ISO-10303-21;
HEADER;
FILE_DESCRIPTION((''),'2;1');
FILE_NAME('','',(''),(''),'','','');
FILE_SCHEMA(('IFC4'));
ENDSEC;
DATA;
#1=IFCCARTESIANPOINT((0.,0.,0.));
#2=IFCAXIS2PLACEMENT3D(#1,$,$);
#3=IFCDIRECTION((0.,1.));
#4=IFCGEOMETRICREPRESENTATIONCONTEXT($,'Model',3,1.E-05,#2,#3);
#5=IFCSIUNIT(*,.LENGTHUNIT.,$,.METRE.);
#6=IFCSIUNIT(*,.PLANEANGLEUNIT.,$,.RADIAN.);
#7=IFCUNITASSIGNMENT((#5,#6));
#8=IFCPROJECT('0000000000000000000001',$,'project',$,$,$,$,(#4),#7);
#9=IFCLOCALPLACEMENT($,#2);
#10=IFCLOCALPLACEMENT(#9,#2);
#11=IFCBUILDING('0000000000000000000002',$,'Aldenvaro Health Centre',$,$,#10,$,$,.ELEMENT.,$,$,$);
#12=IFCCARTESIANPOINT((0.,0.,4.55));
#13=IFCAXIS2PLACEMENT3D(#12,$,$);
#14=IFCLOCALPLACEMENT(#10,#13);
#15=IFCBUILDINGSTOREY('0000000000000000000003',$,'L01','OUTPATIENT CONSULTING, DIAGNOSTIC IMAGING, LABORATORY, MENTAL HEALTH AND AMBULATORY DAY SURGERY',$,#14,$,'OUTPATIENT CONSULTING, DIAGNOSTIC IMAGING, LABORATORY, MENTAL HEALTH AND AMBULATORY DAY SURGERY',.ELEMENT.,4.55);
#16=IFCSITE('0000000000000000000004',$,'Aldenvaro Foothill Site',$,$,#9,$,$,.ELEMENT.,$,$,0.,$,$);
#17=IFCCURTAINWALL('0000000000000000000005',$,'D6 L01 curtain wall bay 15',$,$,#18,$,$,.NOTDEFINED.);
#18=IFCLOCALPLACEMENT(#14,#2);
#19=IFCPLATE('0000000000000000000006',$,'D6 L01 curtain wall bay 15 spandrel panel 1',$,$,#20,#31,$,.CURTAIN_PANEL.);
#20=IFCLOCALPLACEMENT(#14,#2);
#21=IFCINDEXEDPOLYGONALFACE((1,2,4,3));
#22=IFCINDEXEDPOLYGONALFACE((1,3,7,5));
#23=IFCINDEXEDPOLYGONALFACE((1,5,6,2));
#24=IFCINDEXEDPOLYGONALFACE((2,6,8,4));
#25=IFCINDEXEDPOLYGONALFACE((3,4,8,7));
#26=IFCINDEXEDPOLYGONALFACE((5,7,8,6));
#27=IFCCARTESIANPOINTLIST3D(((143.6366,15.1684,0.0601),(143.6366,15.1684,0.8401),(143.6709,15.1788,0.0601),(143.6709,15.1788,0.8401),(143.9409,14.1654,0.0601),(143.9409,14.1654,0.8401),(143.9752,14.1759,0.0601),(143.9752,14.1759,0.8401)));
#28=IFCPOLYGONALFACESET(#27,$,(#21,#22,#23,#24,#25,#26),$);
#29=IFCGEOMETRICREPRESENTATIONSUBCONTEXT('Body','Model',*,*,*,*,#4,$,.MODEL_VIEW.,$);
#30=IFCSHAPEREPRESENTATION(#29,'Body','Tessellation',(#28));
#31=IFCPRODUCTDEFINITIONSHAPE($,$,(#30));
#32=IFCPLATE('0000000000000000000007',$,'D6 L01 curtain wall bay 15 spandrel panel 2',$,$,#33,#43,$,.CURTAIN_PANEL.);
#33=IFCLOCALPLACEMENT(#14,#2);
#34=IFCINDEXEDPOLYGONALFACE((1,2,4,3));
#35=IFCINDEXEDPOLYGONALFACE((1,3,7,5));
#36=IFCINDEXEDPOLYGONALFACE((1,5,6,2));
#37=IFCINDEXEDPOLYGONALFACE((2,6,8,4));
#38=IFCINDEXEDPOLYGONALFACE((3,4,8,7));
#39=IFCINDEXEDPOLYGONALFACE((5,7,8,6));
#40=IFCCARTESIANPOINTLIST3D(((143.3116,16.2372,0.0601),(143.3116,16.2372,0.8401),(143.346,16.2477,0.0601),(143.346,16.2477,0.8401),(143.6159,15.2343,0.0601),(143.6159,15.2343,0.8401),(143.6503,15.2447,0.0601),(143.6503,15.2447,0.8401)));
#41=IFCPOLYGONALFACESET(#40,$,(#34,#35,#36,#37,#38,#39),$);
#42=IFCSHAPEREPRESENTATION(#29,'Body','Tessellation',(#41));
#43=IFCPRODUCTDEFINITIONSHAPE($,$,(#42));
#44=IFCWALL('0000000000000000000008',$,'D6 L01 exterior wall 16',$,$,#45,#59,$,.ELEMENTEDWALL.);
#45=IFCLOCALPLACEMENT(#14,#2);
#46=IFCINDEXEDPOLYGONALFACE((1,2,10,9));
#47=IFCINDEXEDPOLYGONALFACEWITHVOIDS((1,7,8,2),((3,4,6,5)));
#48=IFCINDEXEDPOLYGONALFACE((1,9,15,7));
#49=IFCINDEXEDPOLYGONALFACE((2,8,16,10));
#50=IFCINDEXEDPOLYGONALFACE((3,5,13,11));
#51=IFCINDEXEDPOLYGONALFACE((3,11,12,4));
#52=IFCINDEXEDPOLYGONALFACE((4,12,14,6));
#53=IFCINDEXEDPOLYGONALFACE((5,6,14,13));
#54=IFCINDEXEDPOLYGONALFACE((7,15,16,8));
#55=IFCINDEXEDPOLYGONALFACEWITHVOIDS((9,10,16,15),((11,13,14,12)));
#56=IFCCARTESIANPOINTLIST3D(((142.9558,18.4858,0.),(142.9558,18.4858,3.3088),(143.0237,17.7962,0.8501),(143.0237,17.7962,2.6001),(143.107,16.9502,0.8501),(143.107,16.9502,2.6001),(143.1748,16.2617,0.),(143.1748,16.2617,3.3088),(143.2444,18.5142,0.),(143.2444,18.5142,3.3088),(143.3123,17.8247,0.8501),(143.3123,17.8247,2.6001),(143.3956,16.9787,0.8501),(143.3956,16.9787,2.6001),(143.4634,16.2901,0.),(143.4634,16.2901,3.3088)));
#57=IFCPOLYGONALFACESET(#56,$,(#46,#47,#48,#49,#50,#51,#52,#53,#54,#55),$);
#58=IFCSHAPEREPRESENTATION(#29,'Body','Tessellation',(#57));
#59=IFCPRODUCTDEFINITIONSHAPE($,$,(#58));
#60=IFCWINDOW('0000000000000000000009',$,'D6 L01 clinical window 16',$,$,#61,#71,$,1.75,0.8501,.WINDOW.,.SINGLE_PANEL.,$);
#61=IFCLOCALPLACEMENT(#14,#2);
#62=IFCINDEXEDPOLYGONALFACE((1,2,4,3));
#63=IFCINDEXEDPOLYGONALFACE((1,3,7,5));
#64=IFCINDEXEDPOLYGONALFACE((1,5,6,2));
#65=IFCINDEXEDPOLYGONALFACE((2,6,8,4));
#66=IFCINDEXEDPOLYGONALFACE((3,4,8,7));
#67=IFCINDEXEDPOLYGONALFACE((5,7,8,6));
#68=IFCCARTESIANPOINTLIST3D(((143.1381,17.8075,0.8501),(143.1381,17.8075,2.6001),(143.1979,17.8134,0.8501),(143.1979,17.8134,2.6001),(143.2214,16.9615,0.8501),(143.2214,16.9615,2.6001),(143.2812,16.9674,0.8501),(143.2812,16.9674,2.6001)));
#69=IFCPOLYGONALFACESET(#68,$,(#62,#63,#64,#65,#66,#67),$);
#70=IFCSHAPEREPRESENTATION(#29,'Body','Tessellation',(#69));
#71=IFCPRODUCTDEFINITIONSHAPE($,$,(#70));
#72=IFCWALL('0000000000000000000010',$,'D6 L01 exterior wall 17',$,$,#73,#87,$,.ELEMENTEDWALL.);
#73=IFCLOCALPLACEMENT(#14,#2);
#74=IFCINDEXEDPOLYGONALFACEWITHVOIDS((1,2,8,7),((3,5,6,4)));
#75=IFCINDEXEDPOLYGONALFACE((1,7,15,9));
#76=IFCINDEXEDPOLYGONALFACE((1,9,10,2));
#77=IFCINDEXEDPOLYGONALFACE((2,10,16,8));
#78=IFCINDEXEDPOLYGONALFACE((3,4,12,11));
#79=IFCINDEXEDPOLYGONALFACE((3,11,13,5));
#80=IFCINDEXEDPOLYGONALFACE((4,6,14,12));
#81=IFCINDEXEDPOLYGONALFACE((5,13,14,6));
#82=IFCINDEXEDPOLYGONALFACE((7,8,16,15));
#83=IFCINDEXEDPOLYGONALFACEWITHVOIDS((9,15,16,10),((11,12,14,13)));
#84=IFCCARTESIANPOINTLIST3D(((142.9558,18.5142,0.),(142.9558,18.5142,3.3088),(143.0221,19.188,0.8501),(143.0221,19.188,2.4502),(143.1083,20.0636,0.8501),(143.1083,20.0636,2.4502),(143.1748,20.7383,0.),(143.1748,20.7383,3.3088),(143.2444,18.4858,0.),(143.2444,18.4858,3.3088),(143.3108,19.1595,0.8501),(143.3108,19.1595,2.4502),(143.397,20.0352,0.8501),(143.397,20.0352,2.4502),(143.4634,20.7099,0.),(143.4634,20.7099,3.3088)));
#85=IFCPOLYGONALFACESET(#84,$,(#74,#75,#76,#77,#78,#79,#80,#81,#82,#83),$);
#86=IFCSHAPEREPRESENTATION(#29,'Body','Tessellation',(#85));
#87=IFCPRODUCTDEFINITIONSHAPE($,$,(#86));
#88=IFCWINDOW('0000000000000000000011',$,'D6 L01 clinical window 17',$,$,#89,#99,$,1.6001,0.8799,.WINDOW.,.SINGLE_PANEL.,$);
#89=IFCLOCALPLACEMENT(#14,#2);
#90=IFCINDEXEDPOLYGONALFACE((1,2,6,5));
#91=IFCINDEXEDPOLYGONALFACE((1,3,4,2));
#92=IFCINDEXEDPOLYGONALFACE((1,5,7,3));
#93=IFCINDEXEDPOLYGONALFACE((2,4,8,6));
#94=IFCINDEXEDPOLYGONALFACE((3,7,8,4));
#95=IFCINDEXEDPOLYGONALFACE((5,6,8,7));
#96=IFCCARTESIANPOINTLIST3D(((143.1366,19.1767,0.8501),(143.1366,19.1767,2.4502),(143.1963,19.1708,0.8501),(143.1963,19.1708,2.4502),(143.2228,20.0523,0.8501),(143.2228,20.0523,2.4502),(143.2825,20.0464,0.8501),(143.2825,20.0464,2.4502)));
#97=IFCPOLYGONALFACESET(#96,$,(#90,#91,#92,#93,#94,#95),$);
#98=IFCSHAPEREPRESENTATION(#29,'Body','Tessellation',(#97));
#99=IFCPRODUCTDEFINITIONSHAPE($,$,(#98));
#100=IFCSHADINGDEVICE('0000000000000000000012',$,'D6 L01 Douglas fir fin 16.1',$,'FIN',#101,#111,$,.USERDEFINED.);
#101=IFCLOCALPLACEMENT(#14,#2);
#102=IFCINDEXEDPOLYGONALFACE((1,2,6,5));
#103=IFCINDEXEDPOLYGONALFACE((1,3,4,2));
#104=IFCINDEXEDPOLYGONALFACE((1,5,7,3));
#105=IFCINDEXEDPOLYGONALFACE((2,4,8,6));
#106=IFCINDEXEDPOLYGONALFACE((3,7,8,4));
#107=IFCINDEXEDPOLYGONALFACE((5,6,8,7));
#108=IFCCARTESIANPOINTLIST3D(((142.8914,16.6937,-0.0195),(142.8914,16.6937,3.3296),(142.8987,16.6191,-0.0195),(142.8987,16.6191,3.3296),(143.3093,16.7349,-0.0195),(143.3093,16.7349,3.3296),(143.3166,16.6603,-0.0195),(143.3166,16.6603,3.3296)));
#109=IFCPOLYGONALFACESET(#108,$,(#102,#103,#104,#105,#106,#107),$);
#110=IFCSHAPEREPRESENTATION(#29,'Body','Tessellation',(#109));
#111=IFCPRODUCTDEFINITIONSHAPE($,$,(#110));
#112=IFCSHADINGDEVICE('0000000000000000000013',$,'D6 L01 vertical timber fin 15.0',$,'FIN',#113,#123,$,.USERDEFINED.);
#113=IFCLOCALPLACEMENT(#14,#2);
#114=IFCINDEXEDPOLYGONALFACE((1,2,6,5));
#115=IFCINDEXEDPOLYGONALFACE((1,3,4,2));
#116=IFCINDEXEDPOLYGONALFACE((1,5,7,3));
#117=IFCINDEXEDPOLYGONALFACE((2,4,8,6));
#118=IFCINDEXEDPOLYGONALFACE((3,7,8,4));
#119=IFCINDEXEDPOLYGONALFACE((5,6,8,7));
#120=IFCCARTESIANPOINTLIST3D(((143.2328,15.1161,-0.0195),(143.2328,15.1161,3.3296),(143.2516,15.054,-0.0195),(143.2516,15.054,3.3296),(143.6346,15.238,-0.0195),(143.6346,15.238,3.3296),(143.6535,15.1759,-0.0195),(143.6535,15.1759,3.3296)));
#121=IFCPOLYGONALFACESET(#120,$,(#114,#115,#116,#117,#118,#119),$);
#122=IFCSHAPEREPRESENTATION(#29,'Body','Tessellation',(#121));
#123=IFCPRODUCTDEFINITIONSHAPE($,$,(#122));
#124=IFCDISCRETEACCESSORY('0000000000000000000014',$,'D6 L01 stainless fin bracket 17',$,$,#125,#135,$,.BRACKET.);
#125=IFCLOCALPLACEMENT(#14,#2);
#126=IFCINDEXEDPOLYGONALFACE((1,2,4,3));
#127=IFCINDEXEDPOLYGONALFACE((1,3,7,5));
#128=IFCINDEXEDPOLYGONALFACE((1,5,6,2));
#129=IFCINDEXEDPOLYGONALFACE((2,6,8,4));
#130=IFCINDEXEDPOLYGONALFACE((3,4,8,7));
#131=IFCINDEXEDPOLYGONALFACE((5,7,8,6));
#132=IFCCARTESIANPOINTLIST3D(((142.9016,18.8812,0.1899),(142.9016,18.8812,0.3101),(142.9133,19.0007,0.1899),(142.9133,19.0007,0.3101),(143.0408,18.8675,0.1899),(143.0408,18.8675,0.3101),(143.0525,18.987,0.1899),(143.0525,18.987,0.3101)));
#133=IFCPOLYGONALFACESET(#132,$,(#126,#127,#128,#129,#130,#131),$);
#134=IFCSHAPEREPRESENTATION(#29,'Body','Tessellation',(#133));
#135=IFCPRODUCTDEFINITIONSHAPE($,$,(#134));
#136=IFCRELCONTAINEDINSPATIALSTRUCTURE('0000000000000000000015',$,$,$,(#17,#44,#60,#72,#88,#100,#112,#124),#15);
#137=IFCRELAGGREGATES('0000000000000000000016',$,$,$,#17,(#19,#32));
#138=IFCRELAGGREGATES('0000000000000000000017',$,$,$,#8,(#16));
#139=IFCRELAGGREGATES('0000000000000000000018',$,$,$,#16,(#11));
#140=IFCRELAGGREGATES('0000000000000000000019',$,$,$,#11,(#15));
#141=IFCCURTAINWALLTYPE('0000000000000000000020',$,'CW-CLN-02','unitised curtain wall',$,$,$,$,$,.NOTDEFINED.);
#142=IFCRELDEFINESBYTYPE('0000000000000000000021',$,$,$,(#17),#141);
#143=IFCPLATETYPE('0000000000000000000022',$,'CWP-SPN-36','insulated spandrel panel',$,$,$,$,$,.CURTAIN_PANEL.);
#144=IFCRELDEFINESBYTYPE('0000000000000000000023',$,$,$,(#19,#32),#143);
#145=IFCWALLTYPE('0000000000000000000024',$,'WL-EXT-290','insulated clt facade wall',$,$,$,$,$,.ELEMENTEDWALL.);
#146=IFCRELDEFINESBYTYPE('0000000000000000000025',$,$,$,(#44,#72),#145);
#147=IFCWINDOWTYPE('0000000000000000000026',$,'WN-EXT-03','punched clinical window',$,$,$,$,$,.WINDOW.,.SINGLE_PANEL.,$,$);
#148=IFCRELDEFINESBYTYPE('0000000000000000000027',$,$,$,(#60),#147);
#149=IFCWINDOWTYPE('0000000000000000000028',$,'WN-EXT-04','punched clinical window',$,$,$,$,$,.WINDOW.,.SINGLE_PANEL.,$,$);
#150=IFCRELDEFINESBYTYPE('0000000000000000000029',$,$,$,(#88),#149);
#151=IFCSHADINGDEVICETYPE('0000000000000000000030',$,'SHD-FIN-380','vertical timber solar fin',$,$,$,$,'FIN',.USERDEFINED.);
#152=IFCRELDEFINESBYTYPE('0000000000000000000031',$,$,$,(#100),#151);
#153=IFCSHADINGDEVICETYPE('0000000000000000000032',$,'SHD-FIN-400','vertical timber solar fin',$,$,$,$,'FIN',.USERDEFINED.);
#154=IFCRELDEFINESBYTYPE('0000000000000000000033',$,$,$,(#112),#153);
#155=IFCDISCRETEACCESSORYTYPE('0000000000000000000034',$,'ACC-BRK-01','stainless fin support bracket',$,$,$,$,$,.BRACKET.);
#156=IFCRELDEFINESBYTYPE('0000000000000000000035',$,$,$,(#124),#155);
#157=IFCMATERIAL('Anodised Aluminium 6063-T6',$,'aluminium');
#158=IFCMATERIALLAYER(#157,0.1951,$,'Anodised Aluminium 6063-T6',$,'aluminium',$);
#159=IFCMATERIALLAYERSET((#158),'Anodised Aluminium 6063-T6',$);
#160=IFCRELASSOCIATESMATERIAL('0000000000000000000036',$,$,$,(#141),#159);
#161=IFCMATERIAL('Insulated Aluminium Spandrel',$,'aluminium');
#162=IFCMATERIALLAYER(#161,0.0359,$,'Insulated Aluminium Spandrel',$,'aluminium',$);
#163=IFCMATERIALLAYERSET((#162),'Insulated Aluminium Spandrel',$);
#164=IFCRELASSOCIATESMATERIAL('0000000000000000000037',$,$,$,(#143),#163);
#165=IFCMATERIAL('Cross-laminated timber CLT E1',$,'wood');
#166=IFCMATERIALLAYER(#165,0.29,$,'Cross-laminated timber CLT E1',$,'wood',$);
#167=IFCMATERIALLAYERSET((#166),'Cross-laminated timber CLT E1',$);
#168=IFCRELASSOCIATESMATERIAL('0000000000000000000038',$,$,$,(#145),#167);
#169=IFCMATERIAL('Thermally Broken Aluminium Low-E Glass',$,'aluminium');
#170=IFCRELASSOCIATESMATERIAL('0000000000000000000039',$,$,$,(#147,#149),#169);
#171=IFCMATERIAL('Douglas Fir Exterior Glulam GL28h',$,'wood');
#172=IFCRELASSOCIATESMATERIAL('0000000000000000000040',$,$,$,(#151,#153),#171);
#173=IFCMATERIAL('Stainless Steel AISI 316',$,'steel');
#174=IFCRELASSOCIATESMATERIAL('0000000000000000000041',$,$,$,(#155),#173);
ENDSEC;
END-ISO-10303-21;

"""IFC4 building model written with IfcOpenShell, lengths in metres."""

from ifc_helpers import new_model, si_unit, direction, frame, frame_2d, origin, origin_2d, place, context, subcontext, project, spatial, rectangle, extrude, material, layer, layer_set, type_object, element, fill, aggregate, save


model = new_model("IFC4")

# Units and contexts
model_context = context("Model", 3, precision=1e-05, world=origin(), true_north=direction((0.0, 1.0)))
body_context = subcontext(model_context, "Body", "Model", "MODEL_VIEW")
ifc_project = project(units=[si_unit("LENGTHUNIT", "METRE"), si_unit("PLANEANGLEUNIT", "RADIAN")], contexts=[model_context])

# Site, building, storey
site_placement = place(None, origin())
site = spatial("IfcSite", under=ifc_project, at=site_placement, Name="Aldenvaro Foothill Site", CompositionType="ELEMENT", RefElevation=0.0)
building_placement = place(site_placement, origin())
building = spatial("IfcBuilding", under=site, at=building_placement, Name="Aldenvaro Health Centre", CompositionType="ELEMENT")
storey_placement = place(building_placement, frame((0.0, 0.0, 4.55)))
storey = spatial("IfcBuildingStorey", under=building, at=storey_placement, Name="L01", Description="OUTPATIENT CONSULTING, DIAGNOSTIC IMAGING, LABORATORY, MENTAL HEALTH AND AMBULATORY DAY SURGERY", LongName="OUTPATIENT CONSULTING, DIAGNOSTIC IMAGING, LABORATORY, MENTAL HEALTH AND AMBULATORY DAY SURGERY", CompositionType="ELEMENT", Elevation=4.55)

# Curtain wall
ifc_material_1 = material(Name="Anodised Aluminium 6063-T6", Category="aluminium")
ifc_layer_1 = layer(ifc_material_1, 0.1951, Name="Anodised Aluminium 6063-T6", Category="aluminium")
ifc_layer_set_1 = layer_set([ifc_layer_1], Name="Anodised Aluminium 6063-T6")
curtain_wall_type = type_object("IfcCurtainWallType", Name="CW-CLN-02", Description="unitised curtain wall", PredefinedType="NOTDEFINED", material=ifc_layer_set_1)
curtain_wall_placement = place(storey_placement, origin())
curtain_wall = element("IfcCurtainWall", 1, at=curtain_wall_placement, inside=storey, type_object=curtain_wall_type, Name="D6 L01 curtain wall bay 15", PredefinedType="NOTDEFINED")

# Plates
ifc_material_2 = material(Name="Insulated Aluminium Spandrel", Category="aluminium")
ifc_layer_2 = layer(ifc_material_2, 0.0359, Name="Insulated Aluminium Spandrel", Category="aluminium")
ifc_layer_set_2 = layer_set([ifc_layer_2], Name="Insulated Aluminium Spandrel")
plate_type_1 = type_object("IfcPlateType", Name="CWP-SPN-36", Description="insulated spandrel panel", PredefinedType="CURTAIN_PANEL", material=ifc_layer_set_2)
plate_1_placement = place(storey_placement, frame((143.8059, 14.6721, 0.0601), z_axis=(0.0, 0.0, 1.0), x_axis=(-0.290343, 0.956923, 0.0)))
plate_1 = element("IfcPlate", 2, at=plate_1_placement, type_object=plate_type_1, Name="D6 L01 curtain wall bay 15 spandrel panel 1", PredefinedType="CURTAIN_PANEL", context=body_context, shape_type="SweptSolid", body=[
    extrude(rectangle(XDim=1.0481, YDim=0.0359, at=origin_2d()), origin(), (0.0, 0.0, 1.0), 0.78),
])
plate_2_placement = place(storey_placement, frame((143.481, 15.741, 0.0601), z_axis=(0.0, 0.0, 1.0), x_axis=(-0.290343, 0.956923, 0.0)))
plate_2 = element("IfcPlate", 3, at=plate_2_placement, type_object=plate_type_1, Name="D6 L01 curtain wall bay 15 spandrel panel 2", PredefinedType="CURTAIN_PANEL", context=body_context, shape_type="SweptSolid", body=[
    extrude(rectangle(XDim=1.0481, YDim=0.0359, at=origin_2d()), origin(), (0.0, 0.0, 1.0), 0.78),
])
aggregate(curtain_wall, [plate_1, plate_2])

# Walls, openings, windows
ifc_material_3 = material(Name="Cross-laminated timber CLT E1", Category="wood")
ifc_layer_3 = layer(ifc_material_3, 0.29, Name="Cross-laminated timber CLT E1", Category="wood")
ifc_layer_set_3 = layer_set([ifc_layer_3], Name="Cross-laminated timber CLT E1")
wall_type = type_object("IfcWallType", Name="WL-EXT-290", Description="insulated clt facade wall", PredefinedType="ELEMENTEDWALL", material=ifc_layer_set_3)
wall_1_placement = place(storey_placement, frame((143.3191, 16.2759, 0.0), z_axis=(0.0, 0.0, 1.0), x_axis=(-0.097989, 0.995187, 0.0)))
wall_1 = element("IfcWall", 4, at=wall_1_placement, inside=storey, type_object=wall_type, Name="D6 L01 exterior wall 16", PredefinedType="ELEMENTEDWALL", context=body_context, shape_type="SweptSolid", body=[
    extrude(rectangle(XDim=2.2349, YDim=0.29, at=frame_2d((1.1174, 0.0))), origin(), (0.0, 0.0, 1.0), 3.3088),
])
opening_1_placement = place(wall_1_placement, frame((0.6919, 0.0, 0.8501)))
opening_1 = element("IfcOpeningElement", 5, at=opening_1_placement, cuts=wall_1, PredefinedType="OPENING", context=body_context, shape_type="SweptSolid", body=[
    extrude(rectangle(XDim=0.8501, YDim=1.75, at=frame_2d((0.425, 0.875))), frame((0.0, 0.155, 0.0), z_axis=(0.0, -1.0, 0.0), x_axis=(1.0, 0.0, 0.0)), (0.0, 0.0, 1.0), 0.3101),
])
ifc_material_4 = material(Name="Thermally Broken Aluminium Low-E Glass", Category="aluminium")
window_type_1 = type_object("IfcWindowType", Name="WN-EXT-03", Description="punched clinical window", PartitioningType="SINGLE_PANEL", PredefinedType="WINDOW", material=ifc_material_4)
window_1_placement = place(opening_1_placement, origin())
window_1 = element("IfcWindow", 6, at=window_1_placement, inside=storey, type_object=window_type_1, Name="D6 L01 clinical window 16", OverallHeight=1.75, OverallWidth=0.8501, PartitioningType="SINGLE_PANEL", PredefinedType="WINDOW", context=body_context, shape_type="SweptSolid", body=[
    extrude(rectangle(XDim=0.8501, YDim=1.75, at=frame_2d((0.425, 0.875))), frame((0.0, 0.03, 0.0), z_axis=(0.0, -1.0, 0.0), x_axis=(1.0, 0.0, 0.0)), (0.0, 0.0, 1.0), 0.0601),
])
fill(opening_1, window_1)
wall_2_placement = place(storey_placement, frame((143.1001, 18.5, 0.0), z_axis=(0.0, 0.0, 1.0), x_axis=(0.097989, 0.995187, 0.0)))
wall_2 = element("IfcWall", 7, at=wall_2_placement, inside=storey, type_object=wall_type, Name="D6 L01 exterior wall 17", PredefinedType="ELEMENTEDWALL", context=body_context, shape_type="SweptSolid", body=[
    extrude(rectangle(XDim=2.2349, YDim=0.29, at=frame_2d((1.1174, 0.0))), origin(), (0.0, 0.0, 1.0), 3.3088),
])
opening_2_placement = place(wall_2_placement, frame((0.677, 0.0, 0.8501)))
opening_2 = element("IfcOpeningElement", 8, at=opening_2_placement, cuts=wall_2, PredefinedType="OPENING", context=body_context, shape_type="SweptSolid", body=[
    extrude(rectangle(XDim=0.8799, YDim=1.6001, at=frame_2d((0.4399, 0.8))), frame((0.0, 0.155, 0.0), z_axis=(0.0, -1.0, 0.0), x_axis=(1.0, 0.0, 0.0)), (0.0, 0.0, 1.0), 0.3101),
])
window_type_2 = type_object("IfcWindowType", Name="WN-EXT-04", Description="punched clinical window", PartitioningType="SINGLE_PANEL", PredefinedType="WINDOW", material=ifc_material_4)
window_2_placement = place(opening_2_placement, origin())
window_2 = element("IfcWindow", 9, at=window_2_placement, inside=storey, type_object=window_type_2, Name="D6 L01 clinical window 17", OverallHeight=1.6001, OverallWidth=0.8799, PartitioningType="SINGLE_PANEL", PredefinedType="WINDOW", context=body_context, shape_type="SweptSolid", body=[
    extrude(rectangle(XDim=0.8799, YDim=1.6001, at=frame_2d((0.4399, 0.8))), frame((0.0, 0.03, 0.0), z_axis=(0.0, -1.0, 0.0), x_axis=(1.0, 0.0, 0.0)), (0.0, 0.0, 1.0), 0.0601),
])
fill(opening_2, window_2)

# Shading devices
ifc_material_5 = material(Name="Douglas Fir Exterior Glulam GL28h", Category="wood")
shading_device_type_1 = type_object("IfcShadingDeviceType", Name="SHD-FIN-380", Description="vertical timber solar fin", ElementType="FIN", PredefinedType="USERDEFINED", material=ifc_material_5)
shading_device_1_placement = place(storey_placement, frame((143.104, 16.677, -0.0195), z_axis=(0.0, 0.0, 1.0), x_axis=(-0.097997, 0.995187, 0.0)))
element("IfcShadingDevice", 10, at=shading_device_1_placement, inside=storey, type_object=shading_device_type_1, Name="D6 L01 Douglas fir fin 16.1", ObjectType="FIN", PredefinedType="USERDEFINED", context=body_context, shape_type="SweptSolid", body=[
    extrude(rectangle(XDim=0.075, YDim=0.4199, at=origin_2d()), origin(), (0.0, 0.0, 1.0), 3.3491),
])
shading_device_type_2 = type_object("IfcShadingDeviceType", Name="SHD-FIN-400", Description="vertical timber solar fin", ElementType="FIN", PredefinedType="USERDEFINED", material=ifc_material_5)
shading_device_2_placement = place(storey_placement, frame((143.4431, 15.146, -0.0195), z_axis=(0.0, 0.0, 1.0), x_axis=(-0.290343, 0.956923, 0.0)))
element("IfcShadingDevice", 11, at=shading_device_2_placement, inside=storey, type_object=shading_device_type_2, Name="D6 L01 vertical timber fin 15.0", ObjectType="FIN", PredefinedType="USERDEFINED", context=body_context, shape_type="SweptSolid", body=[
    extrude(rectangle(XDim=0.0649, YDim=0.4199, at=origin_2d()), origin(), (0.0, 0.0, 1.0), 3.3491),
])

# Discrete accessory
ifc_material_6 = material(Name="Stainless Steel AISI 316", Category="steel")
discrete_accessory_type = type_object("IfcDiscreteAccessoryType", Name="ACC-BRK-01", Description="stainless fin support bracket", PredefinedType="BRACKET", material=ifc_material_6)
discrete_accessory_placement = place(storey_placement, frame((142.9771, 18.9341, 0.1899), z_axis=(0.0, 0.0, 1.0), x_axis=(0.097997, 0.995187, 0.0)))
element("IfcDiscreteAccessory", 12, at=discrete_accessory_placement, inside=storey, type_object=discrete_accessory_type, Name="D6 L01 stainless fin bracket 17", PredefinedType="BRACKET", context=body_context, shape_type="SweptSolid", body=[
    extrude(rectangle(XDim=0.1201, YDim=0.1399, at=origin_2d()), origin(), (0.0, 0.0, 1.0), 0.1201),
])

save(model, "model.ifc")
